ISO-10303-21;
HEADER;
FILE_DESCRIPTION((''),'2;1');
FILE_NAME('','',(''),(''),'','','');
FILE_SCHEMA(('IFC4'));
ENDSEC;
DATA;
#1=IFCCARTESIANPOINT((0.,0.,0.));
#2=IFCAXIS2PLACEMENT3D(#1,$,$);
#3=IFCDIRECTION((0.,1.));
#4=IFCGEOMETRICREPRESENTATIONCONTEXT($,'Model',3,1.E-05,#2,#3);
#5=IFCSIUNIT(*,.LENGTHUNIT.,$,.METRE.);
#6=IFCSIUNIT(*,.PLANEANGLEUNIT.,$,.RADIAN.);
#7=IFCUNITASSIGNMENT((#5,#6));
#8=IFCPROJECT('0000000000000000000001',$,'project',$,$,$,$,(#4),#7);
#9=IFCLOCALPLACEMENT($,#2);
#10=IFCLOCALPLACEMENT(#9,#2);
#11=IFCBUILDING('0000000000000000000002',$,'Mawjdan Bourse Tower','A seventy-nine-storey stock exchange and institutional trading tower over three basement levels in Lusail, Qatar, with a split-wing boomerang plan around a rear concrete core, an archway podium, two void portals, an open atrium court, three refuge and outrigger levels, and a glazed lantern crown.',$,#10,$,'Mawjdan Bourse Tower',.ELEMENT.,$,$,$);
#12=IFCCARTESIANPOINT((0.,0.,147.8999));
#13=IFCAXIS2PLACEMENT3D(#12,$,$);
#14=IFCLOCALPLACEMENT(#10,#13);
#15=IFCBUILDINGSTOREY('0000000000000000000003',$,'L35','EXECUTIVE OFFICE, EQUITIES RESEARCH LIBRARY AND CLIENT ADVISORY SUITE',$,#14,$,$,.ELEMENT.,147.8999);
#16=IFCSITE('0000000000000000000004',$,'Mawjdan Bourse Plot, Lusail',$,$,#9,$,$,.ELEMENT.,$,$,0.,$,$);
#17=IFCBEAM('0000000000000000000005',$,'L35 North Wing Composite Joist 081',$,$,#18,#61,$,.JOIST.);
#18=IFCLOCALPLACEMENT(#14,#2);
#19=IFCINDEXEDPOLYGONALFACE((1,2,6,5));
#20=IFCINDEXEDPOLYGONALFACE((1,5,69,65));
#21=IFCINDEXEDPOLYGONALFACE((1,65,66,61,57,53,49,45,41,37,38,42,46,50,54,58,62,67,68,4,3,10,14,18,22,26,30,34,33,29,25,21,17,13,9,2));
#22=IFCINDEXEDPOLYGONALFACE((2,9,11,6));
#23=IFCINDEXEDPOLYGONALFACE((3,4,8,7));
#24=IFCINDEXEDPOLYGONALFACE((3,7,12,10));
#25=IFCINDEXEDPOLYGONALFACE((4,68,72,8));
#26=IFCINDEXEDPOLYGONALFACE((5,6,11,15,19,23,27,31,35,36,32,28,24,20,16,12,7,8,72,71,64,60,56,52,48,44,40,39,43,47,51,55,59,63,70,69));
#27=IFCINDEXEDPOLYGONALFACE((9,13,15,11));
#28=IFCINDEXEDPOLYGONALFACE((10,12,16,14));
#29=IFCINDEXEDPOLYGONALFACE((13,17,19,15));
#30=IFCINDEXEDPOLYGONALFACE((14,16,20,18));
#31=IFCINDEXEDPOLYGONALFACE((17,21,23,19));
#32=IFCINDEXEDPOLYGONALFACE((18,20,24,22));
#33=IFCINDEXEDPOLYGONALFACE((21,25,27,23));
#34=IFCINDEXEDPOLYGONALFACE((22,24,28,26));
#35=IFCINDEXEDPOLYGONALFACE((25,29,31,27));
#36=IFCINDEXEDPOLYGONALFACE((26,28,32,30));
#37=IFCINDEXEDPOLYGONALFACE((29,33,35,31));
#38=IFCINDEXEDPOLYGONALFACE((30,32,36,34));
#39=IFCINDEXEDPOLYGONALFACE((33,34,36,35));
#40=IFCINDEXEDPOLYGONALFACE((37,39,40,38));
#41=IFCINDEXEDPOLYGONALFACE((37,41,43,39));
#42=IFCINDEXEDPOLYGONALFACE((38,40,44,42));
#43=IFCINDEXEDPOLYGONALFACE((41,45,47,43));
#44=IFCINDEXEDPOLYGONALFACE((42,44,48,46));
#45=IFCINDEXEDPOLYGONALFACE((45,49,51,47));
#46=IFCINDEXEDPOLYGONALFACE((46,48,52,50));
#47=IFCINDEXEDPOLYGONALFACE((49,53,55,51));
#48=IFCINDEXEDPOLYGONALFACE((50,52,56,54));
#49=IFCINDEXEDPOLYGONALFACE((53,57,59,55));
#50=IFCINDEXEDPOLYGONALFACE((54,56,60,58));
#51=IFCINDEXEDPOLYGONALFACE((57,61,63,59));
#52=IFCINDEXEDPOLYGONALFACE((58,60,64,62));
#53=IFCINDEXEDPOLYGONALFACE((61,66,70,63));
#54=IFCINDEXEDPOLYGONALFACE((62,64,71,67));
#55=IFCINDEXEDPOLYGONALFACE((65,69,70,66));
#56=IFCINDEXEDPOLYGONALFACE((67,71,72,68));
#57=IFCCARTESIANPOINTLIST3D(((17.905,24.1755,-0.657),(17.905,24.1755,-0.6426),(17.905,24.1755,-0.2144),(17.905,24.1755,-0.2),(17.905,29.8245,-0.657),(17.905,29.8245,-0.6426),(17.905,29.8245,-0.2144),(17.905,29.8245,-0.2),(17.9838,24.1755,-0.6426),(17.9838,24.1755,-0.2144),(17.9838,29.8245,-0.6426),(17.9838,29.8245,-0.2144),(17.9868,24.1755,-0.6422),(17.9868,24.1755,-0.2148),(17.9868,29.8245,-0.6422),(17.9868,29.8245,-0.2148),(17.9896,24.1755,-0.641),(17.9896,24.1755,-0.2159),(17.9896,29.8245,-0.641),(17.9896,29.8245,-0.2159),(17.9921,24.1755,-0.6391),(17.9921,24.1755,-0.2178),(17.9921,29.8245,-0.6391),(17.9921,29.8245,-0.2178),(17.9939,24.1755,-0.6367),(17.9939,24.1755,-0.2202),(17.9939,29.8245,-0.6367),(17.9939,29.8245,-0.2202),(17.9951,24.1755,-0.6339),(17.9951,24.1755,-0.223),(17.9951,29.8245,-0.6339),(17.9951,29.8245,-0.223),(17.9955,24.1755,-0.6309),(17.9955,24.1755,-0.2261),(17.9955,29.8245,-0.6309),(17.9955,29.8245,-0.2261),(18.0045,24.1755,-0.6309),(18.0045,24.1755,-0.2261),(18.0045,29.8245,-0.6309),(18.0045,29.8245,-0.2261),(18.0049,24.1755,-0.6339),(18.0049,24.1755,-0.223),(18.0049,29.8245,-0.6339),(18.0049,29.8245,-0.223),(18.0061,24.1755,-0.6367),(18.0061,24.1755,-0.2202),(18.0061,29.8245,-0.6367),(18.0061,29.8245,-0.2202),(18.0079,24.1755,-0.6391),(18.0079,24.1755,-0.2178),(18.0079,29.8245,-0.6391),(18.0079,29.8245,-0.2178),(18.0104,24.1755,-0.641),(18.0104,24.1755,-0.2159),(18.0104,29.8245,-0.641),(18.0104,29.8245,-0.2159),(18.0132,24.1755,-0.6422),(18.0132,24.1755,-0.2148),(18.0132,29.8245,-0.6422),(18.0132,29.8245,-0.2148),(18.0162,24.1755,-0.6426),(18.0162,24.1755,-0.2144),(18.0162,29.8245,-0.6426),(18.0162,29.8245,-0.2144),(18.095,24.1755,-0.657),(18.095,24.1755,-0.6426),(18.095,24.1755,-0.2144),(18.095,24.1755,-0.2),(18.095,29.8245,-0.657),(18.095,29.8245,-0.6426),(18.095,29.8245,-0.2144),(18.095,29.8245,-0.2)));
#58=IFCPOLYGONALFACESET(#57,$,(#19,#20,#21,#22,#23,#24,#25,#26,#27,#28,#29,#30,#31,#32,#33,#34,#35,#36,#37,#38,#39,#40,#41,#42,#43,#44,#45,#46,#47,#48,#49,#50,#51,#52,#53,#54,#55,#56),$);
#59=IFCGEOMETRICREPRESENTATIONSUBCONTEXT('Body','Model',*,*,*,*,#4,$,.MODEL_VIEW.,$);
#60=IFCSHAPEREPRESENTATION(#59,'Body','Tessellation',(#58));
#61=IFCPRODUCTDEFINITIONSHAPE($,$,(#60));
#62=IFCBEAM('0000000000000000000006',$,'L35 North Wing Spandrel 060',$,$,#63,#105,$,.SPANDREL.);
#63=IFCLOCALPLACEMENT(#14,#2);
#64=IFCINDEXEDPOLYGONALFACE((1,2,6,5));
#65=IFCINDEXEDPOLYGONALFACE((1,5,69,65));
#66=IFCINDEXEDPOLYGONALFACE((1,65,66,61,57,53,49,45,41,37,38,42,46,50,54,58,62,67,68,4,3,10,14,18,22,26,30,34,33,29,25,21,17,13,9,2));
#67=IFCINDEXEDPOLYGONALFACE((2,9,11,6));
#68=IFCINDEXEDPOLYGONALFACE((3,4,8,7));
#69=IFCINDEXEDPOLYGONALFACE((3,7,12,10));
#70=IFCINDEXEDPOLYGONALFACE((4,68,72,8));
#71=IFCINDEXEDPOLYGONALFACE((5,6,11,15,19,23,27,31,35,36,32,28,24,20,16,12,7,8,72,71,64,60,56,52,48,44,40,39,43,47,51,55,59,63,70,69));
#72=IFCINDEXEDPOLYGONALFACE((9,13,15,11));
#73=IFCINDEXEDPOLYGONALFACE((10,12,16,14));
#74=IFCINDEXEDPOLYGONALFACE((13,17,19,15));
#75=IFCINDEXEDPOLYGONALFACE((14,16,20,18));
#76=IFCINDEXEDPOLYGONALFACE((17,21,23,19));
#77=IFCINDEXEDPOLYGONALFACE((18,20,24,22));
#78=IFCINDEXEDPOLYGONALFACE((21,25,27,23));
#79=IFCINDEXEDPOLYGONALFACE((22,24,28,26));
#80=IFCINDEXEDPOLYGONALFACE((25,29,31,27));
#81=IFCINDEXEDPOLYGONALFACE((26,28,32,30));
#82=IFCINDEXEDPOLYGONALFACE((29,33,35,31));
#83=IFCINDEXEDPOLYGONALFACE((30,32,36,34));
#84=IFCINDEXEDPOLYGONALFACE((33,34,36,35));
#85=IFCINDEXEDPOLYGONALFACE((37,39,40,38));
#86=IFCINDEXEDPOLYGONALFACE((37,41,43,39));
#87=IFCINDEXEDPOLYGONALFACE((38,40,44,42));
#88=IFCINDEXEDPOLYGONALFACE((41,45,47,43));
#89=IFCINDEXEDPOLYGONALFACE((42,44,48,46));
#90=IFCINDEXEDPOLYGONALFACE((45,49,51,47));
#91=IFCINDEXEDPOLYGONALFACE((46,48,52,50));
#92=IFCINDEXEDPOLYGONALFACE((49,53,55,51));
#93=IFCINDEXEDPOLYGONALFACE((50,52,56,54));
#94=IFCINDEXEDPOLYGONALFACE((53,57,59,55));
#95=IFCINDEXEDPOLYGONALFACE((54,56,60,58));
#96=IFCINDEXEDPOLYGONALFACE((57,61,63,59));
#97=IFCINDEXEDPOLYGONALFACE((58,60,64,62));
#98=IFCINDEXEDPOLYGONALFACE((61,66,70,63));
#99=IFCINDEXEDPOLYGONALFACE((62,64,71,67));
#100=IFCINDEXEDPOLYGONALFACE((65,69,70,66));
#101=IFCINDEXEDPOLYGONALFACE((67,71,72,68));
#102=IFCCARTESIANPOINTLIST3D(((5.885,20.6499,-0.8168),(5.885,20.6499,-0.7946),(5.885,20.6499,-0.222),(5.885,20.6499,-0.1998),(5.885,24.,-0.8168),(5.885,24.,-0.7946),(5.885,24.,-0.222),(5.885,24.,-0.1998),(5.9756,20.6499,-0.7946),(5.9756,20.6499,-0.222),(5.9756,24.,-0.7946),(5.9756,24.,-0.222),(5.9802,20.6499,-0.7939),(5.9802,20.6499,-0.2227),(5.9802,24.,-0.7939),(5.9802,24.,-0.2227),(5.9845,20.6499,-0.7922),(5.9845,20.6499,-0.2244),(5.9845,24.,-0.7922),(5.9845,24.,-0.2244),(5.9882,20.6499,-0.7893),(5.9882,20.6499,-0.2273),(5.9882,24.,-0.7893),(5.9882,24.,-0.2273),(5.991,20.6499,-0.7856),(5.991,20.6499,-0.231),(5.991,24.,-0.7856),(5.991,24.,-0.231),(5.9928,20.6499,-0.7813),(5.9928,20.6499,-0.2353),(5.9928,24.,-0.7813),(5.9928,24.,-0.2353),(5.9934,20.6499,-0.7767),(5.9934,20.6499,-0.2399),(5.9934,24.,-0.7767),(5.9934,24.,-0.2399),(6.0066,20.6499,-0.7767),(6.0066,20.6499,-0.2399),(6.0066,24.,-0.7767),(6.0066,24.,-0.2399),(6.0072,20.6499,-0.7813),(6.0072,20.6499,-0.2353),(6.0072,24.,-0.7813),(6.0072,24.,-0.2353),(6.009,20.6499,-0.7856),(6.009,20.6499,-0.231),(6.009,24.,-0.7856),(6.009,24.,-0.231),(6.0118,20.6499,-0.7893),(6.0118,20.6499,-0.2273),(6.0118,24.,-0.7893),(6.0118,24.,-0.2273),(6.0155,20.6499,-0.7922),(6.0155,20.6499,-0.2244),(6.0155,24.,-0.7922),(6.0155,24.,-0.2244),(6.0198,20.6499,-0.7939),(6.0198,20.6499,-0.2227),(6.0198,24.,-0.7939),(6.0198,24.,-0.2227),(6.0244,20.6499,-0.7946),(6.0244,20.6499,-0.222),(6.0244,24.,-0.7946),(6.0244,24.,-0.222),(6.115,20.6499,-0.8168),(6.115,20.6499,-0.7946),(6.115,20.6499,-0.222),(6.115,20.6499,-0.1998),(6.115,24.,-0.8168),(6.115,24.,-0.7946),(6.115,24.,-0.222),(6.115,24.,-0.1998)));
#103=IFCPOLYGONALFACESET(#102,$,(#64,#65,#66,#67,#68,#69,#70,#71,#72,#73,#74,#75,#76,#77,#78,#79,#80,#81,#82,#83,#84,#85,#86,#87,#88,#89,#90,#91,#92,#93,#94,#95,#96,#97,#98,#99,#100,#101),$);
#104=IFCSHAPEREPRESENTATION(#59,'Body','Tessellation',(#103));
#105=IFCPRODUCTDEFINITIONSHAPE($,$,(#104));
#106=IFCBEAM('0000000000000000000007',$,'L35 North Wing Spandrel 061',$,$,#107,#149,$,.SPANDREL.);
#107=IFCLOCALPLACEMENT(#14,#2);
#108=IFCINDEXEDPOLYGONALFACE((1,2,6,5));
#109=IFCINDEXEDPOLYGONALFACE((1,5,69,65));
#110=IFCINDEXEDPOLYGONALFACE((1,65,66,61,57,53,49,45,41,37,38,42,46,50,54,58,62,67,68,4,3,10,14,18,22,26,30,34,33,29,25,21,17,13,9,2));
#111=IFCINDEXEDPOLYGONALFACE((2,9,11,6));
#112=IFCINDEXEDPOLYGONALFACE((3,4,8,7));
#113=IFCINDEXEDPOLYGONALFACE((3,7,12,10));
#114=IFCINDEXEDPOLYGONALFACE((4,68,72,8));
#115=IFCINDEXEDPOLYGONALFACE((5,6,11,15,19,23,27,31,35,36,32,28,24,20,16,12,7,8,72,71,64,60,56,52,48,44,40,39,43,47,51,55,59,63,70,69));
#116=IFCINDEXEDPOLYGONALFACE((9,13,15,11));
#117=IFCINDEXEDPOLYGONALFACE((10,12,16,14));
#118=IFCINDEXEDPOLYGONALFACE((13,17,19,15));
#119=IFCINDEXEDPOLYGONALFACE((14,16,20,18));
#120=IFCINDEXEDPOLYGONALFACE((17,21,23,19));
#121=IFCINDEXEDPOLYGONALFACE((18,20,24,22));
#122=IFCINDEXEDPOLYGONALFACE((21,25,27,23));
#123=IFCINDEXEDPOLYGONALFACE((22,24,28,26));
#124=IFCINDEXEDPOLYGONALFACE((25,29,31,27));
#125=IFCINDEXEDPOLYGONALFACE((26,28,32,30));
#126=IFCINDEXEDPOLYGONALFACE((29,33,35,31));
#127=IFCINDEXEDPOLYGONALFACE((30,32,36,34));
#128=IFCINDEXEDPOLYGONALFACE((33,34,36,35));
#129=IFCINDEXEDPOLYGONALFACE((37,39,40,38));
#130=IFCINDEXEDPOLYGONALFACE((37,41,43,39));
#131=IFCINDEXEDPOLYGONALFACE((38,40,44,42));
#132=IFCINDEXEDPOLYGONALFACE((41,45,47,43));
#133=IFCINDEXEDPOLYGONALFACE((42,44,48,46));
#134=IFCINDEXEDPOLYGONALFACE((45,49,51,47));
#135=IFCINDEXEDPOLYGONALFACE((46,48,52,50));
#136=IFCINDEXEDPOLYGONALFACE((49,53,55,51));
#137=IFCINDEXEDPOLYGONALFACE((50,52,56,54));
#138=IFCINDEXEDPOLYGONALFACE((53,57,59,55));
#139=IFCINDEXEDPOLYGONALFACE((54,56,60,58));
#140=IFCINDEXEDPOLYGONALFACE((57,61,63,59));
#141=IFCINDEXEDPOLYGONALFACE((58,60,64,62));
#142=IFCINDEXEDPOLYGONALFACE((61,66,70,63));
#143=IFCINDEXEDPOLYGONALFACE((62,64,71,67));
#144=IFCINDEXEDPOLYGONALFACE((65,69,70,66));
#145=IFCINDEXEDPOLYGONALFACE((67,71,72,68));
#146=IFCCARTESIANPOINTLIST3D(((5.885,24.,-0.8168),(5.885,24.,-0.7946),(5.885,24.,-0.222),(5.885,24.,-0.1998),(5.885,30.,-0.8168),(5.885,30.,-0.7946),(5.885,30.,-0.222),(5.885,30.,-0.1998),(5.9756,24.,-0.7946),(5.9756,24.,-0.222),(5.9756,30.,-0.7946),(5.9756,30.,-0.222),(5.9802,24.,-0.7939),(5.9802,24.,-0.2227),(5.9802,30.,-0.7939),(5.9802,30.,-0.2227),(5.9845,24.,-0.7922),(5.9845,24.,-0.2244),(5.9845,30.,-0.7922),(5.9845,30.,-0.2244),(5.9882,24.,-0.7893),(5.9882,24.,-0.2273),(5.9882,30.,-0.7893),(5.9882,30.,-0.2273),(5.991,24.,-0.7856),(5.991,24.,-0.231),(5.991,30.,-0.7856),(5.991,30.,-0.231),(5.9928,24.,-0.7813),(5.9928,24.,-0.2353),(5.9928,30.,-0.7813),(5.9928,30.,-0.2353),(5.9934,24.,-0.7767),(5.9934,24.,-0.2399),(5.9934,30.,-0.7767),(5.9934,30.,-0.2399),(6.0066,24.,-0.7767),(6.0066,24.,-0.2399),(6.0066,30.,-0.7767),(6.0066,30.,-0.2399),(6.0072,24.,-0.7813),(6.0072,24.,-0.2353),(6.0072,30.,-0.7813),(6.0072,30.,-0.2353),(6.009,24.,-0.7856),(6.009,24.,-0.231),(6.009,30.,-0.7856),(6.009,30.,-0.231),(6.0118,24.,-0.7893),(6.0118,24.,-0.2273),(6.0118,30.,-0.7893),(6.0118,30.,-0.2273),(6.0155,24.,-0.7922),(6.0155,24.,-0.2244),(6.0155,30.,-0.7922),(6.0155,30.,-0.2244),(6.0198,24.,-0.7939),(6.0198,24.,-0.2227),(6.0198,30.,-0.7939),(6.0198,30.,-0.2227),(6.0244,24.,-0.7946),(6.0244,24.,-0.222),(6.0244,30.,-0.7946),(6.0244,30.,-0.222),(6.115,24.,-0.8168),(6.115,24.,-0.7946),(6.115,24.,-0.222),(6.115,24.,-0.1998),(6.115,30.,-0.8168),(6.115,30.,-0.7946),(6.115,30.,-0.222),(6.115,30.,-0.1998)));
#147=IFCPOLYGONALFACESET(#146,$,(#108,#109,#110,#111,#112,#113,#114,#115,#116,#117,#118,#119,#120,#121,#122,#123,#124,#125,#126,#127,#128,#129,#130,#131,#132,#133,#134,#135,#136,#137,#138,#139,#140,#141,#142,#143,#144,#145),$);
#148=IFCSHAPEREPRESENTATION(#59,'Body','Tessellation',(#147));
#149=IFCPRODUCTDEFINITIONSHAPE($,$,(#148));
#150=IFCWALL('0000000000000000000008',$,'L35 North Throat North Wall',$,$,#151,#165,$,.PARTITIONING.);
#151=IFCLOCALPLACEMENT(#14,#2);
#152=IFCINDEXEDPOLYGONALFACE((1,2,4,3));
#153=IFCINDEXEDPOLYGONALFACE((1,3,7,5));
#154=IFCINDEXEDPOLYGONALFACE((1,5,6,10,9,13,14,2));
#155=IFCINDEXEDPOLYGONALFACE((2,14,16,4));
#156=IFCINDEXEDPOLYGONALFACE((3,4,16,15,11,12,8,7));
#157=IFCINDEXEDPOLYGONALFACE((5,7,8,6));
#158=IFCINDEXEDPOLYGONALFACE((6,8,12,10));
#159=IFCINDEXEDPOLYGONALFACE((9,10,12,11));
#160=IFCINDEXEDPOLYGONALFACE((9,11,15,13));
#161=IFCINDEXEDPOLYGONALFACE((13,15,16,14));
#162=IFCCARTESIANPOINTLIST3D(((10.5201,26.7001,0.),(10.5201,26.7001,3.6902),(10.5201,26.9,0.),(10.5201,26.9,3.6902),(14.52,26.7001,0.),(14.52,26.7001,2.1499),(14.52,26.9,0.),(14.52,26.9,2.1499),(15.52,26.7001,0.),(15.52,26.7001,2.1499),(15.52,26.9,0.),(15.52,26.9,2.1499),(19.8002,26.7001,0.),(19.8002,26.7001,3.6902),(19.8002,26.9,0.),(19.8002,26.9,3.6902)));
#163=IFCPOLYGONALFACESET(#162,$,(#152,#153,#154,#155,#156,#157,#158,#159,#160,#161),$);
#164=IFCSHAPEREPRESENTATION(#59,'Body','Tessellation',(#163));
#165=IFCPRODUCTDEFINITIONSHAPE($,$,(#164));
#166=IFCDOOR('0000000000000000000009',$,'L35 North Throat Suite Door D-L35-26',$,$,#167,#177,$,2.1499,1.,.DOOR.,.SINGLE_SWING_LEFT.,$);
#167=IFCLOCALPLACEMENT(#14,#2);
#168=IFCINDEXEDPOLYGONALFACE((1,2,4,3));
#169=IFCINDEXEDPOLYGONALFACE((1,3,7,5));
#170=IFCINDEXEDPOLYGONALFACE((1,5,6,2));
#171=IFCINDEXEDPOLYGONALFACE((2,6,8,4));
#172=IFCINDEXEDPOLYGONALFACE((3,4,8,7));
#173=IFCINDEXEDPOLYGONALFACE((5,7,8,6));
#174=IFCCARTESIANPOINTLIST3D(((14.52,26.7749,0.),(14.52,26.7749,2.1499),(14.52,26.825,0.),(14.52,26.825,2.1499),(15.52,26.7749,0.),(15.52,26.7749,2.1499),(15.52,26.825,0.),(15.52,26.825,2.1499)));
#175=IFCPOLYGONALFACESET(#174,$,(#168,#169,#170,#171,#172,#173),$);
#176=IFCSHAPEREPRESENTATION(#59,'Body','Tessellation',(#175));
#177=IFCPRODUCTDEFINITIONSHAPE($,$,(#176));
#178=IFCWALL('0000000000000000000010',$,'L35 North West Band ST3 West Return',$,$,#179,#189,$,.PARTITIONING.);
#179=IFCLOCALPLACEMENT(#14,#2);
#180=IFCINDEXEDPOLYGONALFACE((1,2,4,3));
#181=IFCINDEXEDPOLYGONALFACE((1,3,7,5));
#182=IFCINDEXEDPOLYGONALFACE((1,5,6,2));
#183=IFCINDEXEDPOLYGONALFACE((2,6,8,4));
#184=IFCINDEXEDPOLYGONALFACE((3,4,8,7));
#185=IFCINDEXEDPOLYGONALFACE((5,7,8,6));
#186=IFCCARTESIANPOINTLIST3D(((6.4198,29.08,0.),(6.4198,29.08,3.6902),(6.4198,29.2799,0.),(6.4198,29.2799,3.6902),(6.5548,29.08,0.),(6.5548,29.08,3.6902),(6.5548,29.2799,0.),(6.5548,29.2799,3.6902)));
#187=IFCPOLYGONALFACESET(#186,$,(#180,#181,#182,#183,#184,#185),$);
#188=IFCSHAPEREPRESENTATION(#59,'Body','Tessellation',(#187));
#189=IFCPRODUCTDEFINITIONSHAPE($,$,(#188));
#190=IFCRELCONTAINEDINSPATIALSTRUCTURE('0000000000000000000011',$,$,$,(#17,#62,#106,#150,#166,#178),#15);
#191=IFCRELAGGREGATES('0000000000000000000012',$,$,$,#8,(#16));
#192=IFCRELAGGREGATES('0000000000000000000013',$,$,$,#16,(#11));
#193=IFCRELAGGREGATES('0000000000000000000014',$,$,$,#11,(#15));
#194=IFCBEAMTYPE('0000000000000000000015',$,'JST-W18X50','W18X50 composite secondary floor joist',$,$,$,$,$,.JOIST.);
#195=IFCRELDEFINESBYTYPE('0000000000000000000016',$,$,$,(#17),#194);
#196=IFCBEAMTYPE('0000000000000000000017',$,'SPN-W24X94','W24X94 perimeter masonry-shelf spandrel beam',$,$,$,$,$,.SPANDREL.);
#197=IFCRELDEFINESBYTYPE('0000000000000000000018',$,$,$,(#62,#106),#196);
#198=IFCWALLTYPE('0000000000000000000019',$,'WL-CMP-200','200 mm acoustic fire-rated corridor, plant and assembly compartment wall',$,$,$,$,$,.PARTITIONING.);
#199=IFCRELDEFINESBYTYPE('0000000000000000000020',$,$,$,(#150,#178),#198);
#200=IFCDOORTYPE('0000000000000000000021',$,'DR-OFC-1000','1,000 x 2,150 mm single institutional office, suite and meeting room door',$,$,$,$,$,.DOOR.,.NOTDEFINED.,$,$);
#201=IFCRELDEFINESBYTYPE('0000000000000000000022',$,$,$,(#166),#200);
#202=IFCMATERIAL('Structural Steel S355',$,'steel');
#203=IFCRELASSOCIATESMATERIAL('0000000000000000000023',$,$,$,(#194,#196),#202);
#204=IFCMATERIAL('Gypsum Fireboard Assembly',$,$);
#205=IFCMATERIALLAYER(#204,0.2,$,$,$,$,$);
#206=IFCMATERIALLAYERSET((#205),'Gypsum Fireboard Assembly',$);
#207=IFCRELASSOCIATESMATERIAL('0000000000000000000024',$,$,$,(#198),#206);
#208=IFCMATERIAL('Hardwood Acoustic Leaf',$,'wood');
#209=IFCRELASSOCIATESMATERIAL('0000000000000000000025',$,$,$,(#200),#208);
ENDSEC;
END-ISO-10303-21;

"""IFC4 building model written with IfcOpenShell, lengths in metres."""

from ifc_helpers import new_model, si_unit, direction, frame, frame_2d, origin, origin_2d, place, context, subcontext, project, spatial, rectangle, i_section, extrude, material, layer, layer_set, material_profile, profile_set, type_object, element, fill, save


model = new_model("IFC4")

# Units and contexts
model_context = context("Model", 3, precision=1e-05, world=origin(), true_north=direction((0.0, 1.0)))
body_context = subcontext(model_context, "Body", "Model", "MODEL_VIEW")
ifc_project = project(units=[si_unit("LENGTHUNIT", "METRE"), si_unit("PLANEANGLEUNIT", "RADIAN")], contexts=[model_context])

# Site, building, storey
site_placement = place(None, origin())
site = spatial("IfcSite", under=ifc_project, at=site_placement, Name="Mawjdan Bourse Plot, Lusail", CompositionType="ELEMENT", RefElevation=0.0)
building_placement = place(site_placement, origin())
building = spatial("IfcBuilding", under=site, at=building_placement, Name="Mawjdan Bourse Tower", Description="A seventy-nine-storey stock exchange and institutional trading tower over three basement levels in Lusail, Qatar, with a split-wing boomerang plan around a rear concrete core, an archway podium, two void portals, an open atrium court, three refuge and outrigger levels, and a glazed lantern crown.", LongName="Mawjdan Bourse Tower", CompositionType="ELEMENT")
storey_placement = place(building_placement, frame((0.0, 0.0, 147.8999)))
storey = spatial("IfcBuildingStorey", under=building, at=storey_placement, Name="L35", Description="EXECUTIVE OFFICE, EQUITIES RESEARCH LIBRARY AND CLIENT ADVISORY SUITE", CompositionType="ELEMENT", Elevation=147.8999)

# Beams
ifc_material_1 = material(Name="Structural Steel S355", Category="steel")
ifc_material_profile_1 = material_profile(ifc_material_1, i_section(OverallWidth=0.1899, OverallDepth=0.457, WebThickness=0.009, FlangeThickness=0.0144, FilletRadius=0.0117, at=origin_2d()), Name="W18X50")
ifc_profile_set_1 = profile_set([ifc_material_profile_1], Name="Structural Steel S355")
beam_type_1 = type_object("IfcBeamType", Name="JST-W18X50", Description="W18X50 composite secondary floor joist", PredefinedType="JOIST", material=ifc_profile_set_1)
beam_1_placement = place(storey_placement, frame((18.0, 24.1755, -0.4285), z_axis=(0.0, 1.0, 0.0), x_axis=(-1.0, 0.0, 0.0)))
element("IfcBeam", 1, at=beam_1_placement, inside=storey, type_object=beam_type_1, Name="L35 North Wing Composite Joist 081", PredefinedType="JOIST", context=body_context, shape_type="SweptSolid", body=[
    extrude(i_section(OverallWidth=0.1899, OverallDepth=0.457, WebThickness=0.009, FlangeThickness=0.0144, FilletRadius=0.0117, at=origin_2d()), origin(), (0.0, 0.0, 1.0), 5.6489),
])
ifc_material_profile_2 = material_profile(ifc_material_1, i_section(OverallWidth=0.23, OverallDepth=0.6169, WebThickness=0.0132, FlangeThickness=0.0222, FilletRadius=0.0178, at=origin_2d()), Name="W24X94")
ifc_profile_set_2 = profile_set([ifc_material_profile_2], Name="Structural Steel S355")
beam_type_2 = type_object("IfcBeamType", Name="SPN-W24X94", Description="W24X94 perimeter masonry-shelf spandrel beam", PredefinedType="SPANDREL", material=ifc_profile_set_2)
beam_2_placement = place(storey_placement, frame((6.0, 20.6499, -0.5083), z_axis=(0.0, 1.0, 0.0), x_axis=(-1.0, 0.0, 0.0)))
element("IfcBeam", 2, at=beam_2_placement, inside=storey, type_object=beam_type_2, Name="L35 North Wing Spandrel 060", PredefinedType="SPANDREL", context=body_context, shape_type="SweptSolid", body=[
    extrude(i_section(OverallWidth=0.23, OverallDepth=0.6169, WebThickness=0.0132, FlangeThickness=0.0222, FilletRadius=0.0178, at=origin_2d()), origin(), (0.0, 0.0, 1.0), 3.3501),
])
beam_3_placement = place(storey_placement, frame((6.0, 24.0, -0.5083), z_axis=(0.0, 1.0, 0.0), x_axis=(-1.0, 0.0, 0.0)))
element("IfcBeam", 3, at=beam_3_placement, inside=storey, type_object=beam_type_2, Name="L35 North Wing Spandrel 061", PredefinedType="SPANDREL", context=body_context, shape_type="SweptSolid", body=[
    extrude(i_section(OverallWidth=0.23, OverallDepth=0.6169, WebThickness=0.0132, FlangeThickness=0.0222, FilletRadius=0.0178, at=origin_2d()), origin(), (0.0, 0.0, 1.0), 6.0),
])

# Wall, opening, door
ifc_material_2 = material(Name="Gypsum Fireboard Assembly")
ifc_layer_1 = layer(ifc_material_2, 0.2)
ifc_layer_set_1 = layer_set([ifc_layer_1], Name="Gypsum Fireboard Assembly")
wall_type_1 = type_object("IfcWallType", Name="WL-CMP-200", Description="200 mm acoustic fire-rated corridor, plant and assembly compartment wall", PredefinedType="PARTITIONING", material=ifc_layer_set_1)
wall_1_placement = place(storey_placement, frame((10.52, 26.8, 0.0), z_axis=(0.0, 0.0, 1.0), x_axis=(1.0, 0.0, 0.0)))
wall_1 = element("IfcWall", 4, at=wall_1_placement, inside=storey, type_object=wall_type_1, Name="L35 North Throat North Wall", PredefinedType="PARTITIONING", context=body_context, shape_type="SweptSolid", body=[
    extrude(rectangle(XDim=9.28, YDim=0.2, at=frame_2d((4.6401, 0.0))), origin(), (0.0, 0.0, 1.0), 3.6902),
])
opening_1_placement = place(wall_1_placement, frame((4.0, 0.0, 0.0)))
opening_1 = element("IfcOpeningElement", 5, at=opening_1_placement, cuts=wall_1, PredefinedType="OPENING", context=body_context, shape_type="SweptSolid", body=[
    extrude(rectangle(XDim=1.0, YDim=2.1499, at=frame_2d((0.5, 1.075))), frame((0.0, 0.1099, 0.0), z_axis=(0.0, -1.0, 0.0), x_axis=(1.0, 0.0, 0.0)), (0.0, 0.0, 1.0), 0.22),
])
ifc_material_3 = material(Name="Hardwood Acoustic Leaf", Category="wood")
door_type_1 = type_object("IfcDoorType", Name="DR-OFC-1000", Description="1,000 x 2,150 mm single institutional office, suite and meeting room door", OperationType="NOTDEFINED", PredefinedType="DOOR", material=ifc_material_3)
door_1_placement = place(opening_1_placement, origin())
door_1 = element("IfcDoor", 6, at=door_1_placement, inside=storey, type_object=door_type_1, Name="L35 North Throat Suite Door D-L35-26", OperationType="SINGLE_SWING_LEFT", OverallHeight=2.1499, OverallWidth=1.0, PredefinedType="DOOR", context=body_context, shape_type="SweptSolid", body=[
    extrude(rectangle(XDim=1.0, YDim=2.1499, at=frame_2d((0.5, 1.075))), frame((0.0, 0.0249, 0.0), z_axis=(0.0, -1.0, 0.0), x_axis=(1.0, 0.0, 0.0)), (0.0, 0.0, 1.0), 0.05),
])
fill(opening_1, door_1)

# Wall
wall_2_placement = place(storey_placement, frame((6.4199, 29.1799, 0.0), z_axis=(0.0, 0.0, 1.0), x_axis=(1.0, 0.0, 0.0)))
element("IfcWall", 7, at=wall_2_placement, inside=storey, type_object=wall_type_1, Name="L35 North West Band ST3 West Return", PredefinedType="PARTITIONING", context=body_context, shape_type="SweptSolid", body=[
    extrude(rectangle(XDim=0.135, YDim=0.2, at=frame_2d((0.0674, 0.0))), origin(), (0.0, 0.0, 1.0), 3.6902),
])

save(model, "model.ifc")
